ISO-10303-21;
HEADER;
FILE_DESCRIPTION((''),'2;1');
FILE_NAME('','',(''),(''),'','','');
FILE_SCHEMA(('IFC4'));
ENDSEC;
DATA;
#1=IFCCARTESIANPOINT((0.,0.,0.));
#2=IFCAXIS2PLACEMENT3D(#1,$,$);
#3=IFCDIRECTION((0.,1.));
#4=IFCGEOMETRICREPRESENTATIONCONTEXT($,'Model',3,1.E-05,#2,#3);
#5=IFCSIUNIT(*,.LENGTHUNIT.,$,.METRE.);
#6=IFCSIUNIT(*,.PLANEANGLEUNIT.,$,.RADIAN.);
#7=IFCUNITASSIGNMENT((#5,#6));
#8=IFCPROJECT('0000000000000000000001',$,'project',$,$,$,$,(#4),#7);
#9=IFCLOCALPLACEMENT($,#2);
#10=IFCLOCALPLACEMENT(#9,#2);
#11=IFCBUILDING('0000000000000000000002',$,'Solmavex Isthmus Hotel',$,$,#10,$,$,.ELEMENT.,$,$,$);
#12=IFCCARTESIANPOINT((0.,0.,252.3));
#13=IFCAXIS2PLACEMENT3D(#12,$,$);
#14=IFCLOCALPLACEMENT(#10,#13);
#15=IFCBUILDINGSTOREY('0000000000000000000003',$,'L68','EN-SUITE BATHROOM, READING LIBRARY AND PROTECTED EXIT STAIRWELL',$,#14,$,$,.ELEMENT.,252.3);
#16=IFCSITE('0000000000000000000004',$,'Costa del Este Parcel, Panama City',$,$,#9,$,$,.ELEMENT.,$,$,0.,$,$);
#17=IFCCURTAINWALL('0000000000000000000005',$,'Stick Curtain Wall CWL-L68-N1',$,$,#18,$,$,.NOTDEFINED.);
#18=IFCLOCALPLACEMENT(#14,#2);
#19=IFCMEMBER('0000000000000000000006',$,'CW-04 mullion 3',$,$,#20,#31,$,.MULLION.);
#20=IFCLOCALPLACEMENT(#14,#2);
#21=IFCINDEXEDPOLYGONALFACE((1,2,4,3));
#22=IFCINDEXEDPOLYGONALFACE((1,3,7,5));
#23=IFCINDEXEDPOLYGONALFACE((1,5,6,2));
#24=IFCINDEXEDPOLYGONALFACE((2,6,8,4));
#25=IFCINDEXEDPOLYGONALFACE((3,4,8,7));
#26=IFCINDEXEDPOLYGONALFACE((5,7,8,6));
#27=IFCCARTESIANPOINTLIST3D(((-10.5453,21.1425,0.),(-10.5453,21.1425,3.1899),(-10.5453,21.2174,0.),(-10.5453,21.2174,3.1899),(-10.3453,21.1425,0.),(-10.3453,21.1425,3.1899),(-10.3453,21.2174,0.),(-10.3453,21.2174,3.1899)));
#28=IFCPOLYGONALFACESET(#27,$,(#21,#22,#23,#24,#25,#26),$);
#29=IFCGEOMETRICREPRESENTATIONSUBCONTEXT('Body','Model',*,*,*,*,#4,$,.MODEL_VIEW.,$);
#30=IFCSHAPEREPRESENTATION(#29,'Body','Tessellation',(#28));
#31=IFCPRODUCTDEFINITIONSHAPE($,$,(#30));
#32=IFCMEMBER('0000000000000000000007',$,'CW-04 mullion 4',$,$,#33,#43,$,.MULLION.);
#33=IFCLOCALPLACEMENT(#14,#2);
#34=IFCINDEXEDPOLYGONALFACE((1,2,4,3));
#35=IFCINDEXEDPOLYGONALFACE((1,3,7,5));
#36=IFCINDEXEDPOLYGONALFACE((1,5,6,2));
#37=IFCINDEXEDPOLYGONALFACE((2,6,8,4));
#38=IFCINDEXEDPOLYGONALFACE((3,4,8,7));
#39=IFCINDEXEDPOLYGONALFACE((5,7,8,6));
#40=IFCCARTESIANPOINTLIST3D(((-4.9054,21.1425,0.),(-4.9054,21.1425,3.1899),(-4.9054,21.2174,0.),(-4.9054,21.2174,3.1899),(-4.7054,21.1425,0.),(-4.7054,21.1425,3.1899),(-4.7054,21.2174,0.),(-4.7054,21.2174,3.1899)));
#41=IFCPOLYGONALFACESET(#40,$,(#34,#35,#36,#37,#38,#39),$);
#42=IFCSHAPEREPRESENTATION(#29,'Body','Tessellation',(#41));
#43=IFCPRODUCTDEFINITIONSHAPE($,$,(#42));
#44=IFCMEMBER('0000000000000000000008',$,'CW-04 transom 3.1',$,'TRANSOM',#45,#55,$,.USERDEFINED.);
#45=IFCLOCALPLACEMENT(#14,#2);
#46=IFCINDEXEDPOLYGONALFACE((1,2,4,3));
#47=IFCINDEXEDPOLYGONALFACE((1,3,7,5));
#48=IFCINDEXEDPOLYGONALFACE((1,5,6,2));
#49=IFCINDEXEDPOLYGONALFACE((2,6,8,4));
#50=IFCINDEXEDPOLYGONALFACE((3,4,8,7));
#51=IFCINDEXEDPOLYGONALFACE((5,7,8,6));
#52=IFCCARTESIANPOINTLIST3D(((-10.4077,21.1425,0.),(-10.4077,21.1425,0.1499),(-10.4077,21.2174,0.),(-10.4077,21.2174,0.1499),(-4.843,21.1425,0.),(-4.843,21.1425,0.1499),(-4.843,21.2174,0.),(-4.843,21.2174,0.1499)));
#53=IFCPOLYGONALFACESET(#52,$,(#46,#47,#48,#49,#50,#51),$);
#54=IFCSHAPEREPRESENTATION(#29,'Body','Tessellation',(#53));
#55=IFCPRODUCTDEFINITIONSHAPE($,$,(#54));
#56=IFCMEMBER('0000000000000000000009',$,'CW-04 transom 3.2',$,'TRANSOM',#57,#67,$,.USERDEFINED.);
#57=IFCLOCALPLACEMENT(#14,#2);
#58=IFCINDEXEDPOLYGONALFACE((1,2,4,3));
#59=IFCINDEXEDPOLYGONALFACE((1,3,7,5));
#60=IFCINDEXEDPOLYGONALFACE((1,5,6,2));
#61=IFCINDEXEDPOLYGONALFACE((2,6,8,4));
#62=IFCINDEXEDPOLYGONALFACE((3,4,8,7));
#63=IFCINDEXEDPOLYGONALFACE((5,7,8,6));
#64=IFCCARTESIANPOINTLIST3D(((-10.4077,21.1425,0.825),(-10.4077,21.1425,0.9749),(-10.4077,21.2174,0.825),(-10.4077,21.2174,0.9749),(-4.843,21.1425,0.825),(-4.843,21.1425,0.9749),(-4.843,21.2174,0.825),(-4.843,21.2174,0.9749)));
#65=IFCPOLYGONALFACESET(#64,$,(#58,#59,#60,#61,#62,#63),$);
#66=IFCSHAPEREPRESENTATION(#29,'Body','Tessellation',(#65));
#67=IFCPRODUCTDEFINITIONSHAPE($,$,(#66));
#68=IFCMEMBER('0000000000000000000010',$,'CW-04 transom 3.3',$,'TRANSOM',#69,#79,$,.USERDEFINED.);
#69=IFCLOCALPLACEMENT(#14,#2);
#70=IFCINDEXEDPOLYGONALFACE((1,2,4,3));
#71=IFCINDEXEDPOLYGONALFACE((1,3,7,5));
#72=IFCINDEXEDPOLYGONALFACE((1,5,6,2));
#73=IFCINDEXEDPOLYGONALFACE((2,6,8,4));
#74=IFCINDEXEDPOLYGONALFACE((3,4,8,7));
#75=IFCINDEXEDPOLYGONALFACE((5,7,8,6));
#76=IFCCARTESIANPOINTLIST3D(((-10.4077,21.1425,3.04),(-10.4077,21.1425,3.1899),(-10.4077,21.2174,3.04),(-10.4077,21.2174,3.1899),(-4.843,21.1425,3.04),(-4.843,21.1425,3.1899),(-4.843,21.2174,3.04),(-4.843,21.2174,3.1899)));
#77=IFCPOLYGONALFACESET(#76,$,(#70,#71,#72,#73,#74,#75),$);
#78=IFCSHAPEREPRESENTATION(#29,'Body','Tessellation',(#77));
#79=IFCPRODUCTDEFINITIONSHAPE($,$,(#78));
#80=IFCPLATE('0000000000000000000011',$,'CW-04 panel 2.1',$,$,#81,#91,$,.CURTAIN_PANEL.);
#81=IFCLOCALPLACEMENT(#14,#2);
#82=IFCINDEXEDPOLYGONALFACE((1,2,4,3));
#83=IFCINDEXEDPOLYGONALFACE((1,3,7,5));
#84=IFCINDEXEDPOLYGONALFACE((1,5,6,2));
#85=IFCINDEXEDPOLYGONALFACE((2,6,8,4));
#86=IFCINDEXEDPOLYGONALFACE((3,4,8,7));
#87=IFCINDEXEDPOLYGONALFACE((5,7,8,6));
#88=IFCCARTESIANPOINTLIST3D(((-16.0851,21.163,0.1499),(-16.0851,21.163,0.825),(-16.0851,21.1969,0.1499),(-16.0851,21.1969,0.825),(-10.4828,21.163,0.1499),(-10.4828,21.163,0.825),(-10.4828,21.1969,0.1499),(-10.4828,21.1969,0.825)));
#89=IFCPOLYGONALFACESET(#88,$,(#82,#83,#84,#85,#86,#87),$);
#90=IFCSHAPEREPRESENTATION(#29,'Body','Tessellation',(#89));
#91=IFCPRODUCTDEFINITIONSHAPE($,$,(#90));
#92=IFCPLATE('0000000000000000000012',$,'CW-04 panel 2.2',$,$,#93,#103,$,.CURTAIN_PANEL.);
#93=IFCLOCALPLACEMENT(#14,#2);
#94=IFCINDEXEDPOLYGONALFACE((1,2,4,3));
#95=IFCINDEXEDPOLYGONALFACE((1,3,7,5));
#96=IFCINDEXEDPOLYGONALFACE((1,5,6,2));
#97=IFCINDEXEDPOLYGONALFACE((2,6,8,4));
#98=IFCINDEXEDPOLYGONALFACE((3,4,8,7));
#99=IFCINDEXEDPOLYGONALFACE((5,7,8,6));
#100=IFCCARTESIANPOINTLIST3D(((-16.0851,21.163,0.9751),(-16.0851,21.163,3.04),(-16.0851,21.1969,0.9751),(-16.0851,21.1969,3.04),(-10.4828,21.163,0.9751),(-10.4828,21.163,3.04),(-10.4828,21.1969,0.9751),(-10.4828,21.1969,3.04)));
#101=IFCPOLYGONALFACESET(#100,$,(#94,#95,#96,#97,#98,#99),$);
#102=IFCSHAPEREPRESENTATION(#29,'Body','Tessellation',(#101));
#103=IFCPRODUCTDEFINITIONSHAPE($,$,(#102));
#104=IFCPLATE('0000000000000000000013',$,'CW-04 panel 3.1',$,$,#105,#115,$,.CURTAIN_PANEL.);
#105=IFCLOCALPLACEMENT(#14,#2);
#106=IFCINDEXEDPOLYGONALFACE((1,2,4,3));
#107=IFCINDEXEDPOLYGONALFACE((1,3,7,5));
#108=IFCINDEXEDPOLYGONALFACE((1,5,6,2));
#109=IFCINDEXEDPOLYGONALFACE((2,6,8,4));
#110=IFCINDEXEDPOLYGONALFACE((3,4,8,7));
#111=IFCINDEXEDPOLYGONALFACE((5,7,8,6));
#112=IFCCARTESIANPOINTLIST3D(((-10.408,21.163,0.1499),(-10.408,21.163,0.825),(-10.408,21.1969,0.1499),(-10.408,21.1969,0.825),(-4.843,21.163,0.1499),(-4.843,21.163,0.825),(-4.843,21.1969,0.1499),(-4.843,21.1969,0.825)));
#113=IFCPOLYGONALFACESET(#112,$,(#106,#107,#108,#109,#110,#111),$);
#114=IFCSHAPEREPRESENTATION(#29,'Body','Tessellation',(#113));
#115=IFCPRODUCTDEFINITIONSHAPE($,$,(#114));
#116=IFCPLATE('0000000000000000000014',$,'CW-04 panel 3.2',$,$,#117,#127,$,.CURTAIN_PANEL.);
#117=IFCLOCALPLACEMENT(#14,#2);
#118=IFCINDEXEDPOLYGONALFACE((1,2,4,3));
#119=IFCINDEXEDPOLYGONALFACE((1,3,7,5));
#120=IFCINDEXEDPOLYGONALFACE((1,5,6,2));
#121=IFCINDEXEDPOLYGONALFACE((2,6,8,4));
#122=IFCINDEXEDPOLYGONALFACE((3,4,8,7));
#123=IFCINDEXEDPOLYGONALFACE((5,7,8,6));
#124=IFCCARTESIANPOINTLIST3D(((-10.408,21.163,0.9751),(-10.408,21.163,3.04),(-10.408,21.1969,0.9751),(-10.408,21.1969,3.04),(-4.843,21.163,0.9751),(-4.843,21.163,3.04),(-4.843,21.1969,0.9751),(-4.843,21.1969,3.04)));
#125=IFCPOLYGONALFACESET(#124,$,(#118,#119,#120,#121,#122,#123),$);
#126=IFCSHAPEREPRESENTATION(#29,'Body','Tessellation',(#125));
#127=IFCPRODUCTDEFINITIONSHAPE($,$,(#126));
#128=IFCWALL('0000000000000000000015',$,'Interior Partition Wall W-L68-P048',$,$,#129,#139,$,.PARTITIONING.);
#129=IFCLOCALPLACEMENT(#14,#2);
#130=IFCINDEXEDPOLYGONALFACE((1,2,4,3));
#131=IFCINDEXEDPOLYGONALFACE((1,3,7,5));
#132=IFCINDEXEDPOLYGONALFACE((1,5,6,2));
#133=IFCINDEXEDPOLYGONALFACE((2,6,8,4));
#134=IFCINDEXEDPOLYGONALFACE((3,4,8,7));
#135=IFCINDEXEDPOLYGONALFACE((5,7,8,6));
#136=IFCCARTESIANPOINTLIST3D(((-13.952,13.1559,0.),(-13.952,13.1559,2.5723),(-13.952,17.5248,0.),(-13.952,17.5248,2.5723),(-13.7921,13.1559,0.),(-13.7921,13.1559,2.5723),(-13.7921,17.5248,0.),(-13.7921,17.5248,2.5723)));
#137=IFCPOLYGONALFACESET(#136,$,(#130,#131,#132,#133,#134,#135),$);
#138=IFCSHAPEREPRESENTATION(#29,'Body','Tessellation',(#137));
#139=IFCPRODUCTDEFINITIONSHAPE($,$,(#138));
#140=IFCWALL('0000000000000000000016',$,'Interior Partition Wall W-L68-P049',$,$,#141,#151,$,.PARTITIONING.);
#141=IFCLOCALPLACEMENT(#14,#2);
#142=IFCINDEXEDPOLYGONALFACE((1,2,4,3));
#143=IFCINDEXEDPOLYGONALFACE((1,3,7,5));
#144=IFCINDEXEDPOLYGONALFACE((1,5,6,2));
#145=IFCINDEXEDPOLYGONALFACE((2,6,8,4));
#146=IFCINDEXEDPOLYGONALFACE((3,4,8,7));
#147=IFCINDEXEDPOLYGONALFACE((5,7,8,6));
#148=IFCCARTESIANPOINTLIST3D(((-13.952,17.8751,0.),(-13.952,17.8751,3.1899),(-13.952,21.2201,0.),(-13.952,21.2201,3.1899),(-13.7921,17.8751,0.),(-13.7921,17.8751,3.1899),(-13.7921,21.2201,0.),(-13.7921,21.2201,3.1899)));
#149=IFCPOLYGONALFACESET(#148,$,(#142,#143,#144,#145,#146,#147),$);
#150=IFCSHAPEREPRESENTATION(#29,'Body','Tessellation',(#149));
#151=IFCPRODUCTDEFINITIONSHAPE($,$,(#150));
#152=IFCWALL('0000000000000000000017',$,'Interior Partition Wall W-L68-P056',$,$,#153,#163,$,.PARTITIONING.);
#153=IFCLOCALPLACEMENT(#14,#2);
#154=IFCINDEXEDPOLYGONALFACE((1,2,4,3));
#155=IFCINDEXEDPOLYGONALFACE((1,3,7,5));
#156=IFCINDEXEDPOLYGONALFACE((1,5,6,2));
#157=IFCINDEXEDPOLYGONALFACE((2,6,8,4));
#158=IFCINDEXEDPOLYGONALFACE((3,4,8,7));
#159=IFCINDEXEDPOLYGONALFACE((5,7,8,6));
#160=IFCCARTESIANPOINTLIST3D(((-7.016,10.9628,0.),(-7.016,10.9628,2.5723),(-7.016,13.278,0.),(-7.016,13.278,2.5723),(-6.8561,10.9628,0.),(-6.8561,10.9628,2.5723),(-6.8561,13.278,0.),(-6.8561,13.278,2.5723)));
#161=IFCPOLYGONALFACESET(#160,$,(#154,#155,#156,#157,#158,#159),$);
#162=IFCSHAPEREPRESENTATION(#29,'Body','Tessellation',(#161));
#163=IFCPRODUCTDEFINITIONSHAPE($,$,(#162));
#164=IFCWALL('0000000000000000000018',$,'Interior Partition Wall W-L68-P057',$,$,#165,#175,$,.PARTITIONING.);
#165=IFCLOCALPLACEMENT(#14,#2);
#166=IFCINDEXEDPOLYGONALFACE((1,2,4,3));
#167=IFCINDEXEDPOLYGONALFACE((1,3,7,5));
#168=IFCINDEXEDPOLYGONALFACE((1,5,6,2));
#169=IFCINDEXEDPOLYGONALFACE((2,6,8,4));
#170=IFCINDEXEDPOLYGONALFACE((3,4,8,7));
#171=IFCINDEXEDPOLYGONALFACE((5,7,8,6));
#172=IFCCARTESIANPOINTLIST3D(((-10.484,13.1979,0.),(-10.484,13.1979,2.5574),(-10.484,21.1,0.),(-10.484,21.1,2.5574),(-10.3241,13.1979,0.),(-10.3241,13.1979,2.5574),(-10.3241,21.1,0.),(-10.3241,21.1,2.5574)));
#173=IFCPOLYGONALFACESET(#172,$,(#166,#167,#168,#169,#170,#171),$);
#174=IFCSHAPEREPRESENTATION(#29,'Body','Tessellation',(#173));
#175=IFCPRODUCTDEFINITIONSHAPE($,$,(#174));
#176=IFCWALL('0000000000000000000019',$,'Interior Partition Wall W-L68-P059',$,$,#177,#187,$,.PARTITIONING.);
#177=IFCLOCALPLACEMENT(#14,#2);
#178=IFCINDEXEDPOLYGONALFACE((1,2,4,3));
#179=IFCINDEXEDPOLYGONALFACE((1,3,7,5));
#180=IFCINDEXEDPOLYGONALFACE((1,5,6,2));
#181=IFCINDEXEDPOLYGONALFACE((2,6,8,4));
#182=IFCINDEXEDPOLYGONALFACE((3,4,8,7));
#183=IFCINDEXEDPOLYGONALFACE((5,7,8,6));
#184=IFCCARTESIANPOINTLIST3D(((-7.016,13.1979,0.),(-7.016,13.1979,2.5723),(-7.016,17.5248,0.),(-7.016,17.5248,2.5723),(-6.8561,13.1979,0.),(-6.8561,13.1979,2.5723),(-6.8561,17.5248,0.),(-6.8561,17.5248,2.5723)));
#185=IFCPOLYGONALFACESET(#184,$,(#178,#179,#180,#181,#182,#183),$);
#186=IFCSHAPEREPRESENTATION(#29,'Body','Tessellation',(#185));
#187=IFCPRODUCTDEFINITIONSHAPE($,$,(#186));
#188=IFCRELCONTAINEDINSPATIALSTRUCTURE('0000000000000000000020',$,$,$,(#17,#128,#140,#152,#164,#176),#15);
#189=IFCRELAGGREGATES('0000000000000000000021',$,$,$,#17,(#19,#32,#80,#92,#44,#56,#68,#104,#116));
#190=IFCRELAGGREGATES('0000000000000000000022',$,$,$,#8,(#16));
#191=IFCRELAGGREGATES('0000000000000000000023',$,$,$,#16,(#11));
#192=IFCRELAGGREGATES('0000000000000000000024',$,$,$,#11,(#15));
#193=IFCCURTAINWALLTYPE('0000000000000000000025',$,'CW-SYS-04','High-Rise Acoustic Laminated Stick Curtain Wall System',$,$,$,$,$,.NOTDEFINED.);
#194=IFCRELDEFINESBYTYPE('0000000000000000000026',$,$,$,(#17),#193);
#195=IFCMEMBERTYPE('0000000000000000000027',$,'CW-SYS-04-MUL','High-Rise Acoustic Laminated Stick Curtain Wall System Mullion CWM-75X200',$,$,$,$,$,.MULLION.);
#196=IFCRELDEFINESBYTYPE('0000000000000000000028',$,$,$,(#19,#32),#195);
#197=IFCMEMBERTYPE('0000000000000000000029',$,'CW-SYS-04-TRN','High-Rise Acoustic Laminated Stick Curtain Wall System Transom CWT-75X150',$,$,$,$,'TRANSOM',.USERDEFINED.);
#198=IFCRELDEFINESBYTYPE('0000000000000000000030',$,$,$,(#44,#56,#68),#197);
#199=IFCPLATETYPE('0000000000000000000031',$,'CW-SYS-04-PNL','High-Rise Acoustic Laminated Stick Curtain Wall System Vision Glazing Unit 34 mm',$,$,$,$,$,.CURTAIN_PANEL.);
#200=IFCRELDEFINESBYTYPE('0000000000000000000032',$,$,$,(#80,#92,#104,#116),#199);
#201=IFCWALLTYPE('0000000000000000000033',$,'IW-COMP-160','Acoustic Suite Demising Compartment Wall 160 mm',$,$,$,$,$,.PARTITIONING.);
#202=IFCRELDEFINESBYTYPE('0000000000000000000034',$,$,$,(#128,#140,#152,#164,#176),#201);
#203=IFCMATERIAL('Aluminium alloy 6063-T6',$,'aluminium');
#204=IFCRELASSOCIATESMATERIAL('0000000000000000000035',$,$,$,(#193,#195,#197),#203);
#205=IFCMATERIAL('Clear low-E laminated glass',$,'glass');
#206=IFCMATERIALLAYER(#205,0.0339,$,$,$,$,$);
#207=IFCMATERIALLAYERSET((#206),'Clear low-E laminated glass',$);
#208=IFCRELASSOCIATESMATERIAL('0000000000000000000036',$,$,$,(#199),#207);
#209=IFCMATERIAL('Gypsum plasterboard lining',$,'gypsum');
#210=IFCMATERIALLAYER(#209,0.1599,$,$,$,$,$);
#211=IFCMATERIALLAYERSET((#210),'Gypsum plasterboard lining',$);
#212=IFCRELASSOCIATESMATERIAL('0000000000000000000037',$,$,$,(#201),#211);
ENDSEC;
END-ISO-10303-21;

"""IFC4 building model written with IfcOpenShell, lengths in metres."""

from ifc_helpers import new_model, si_unit, direction, frame, frame_2d, origin, origin_2d, place, context, subcontext, project, spatial, rectangle, extrude, material, layer, layer_set, material_profile, profile_set, type_object, element, aggregate, save


model = new_model("IFC4")

# Units and contexts
model_context = context("Model", 3, precision=1e-05, world=origin(), true_north=direction((0.0, 1.0)))
body_context = subcontext(model_context, "Body", "Model", "MODEL_VIEW")
ifc_project = project(units=[si_unit("LENGTHUNIT", "METRE"), si_unit("PLANEANGLEUNIT", "RADIAN")], contexts=[model_context])

# Site, building, storey
site_placement = place(None, origin())
site = spatial("IfcSite", under=ifc_project, at=site_placement, Name="Costa del Este Parcel, Panama City", CompositionType="ELEMENT", RefElevation=0.0)
building_placement = place(site_placement, origin())
building = spatial("IfcBuilding", under=site, at=building_placement, Name="Solmavex Isthmus Hotel", CompositionType="ELEMENT")
storey_placement = place(building_placement, frame((0.0, 0.0, 252.3)))
storey = spatial("IfcBuildingStorey", under=building, at=storey_placement, Name="L68", Description="EN-SUITE BATHROOM, READING LIBRARY AND PROTECTED EXIT STAIRWELL", CompositionType="ELEMENT", Elevation=252.3)

# Curtain wall, members, plates
ifc_material_1 = material(Name="Aluminium alloy 6063-T6", Category="aluminium")
curtain_wall_type = type_object("IfcCurtainWallType", Name="CW-SYS-04", Description="High-Rise Acoustic Laminated Stick Curtain Wall System", PredefinedType="NOTDEFINED", material=ifc_material_1)
curtain_wall_placement = place(storey_placement, origin())
curtain_wall = element("IfcCurtainWall", 1, at=curtain_wall_placement, inside=storey, type_object=curtain_wall_type, Name="Stick Curtain Wall CWL-L68-N1", PredefinedType="NOTDEFINED")
ifc_material_profile_1 = material_profile(ifc_material_1, rectangle(XDim=0.075, YDim=0.2, at=origin_2d()), Name="CWM-75X200")
ifc_profile_set_1 = profile_set([ifc_material_profile_1], Name="Aluminium alloy 6063-T6")
member_type_1 = type_object("IfcMemberType", Name="CW-SYS-04-MUL", Description="High-Rise Acoustic Laminated Stick Curtain Wall System Mullion CWM-75X200", PredefinedType="MULLION", material=ifc_profile_set_1)
member_1_placement = place(storey_placement, frame((-10.4453, 21.1799, 0.0), z_axis=(0.0, 0.0, 1.0), x_axis=(0.0, 1.0, 0.0)))
member_1 = element("IfcMember", 2, at=member_1_placement, type_object=member_type_1, Name="CW-04 mullion 3", PredefinedType="MULLION", context=body_context, shape_type="SweptSolid", body=[
    extrude(rectangle(XDim=0.075, YDim=0.2, at=origin_2d()), origin(), (0.0, 0.0, 1.0), 3.1899),
])
member_2_placement = place(storey_placement, frame((-4.8054, 21.1799, 0.0), z_axis=(0.0, 0.0, 1.0), x_axis=(0.0, 1.0, 0.0)))
member_2 = element("IfcMember", 3, at=member_2_placement, type_object=member_type_1, Name="CW-04 mullion 4", PredefinedType="MULLION", context=body_context, shape_type="SweptSolid", body=[
    extrude(rectangle(XDim=0.075, YDim=0.2, at=origin_2d()), origin(), (0.0, 0.0, 1.0), 3.1899),
])
ifc_material_profile_2 = material_profile(ifc_material_1, rectangle(XDim=0.075, YDim=0.1499, at=origin_2d()), Name="CWT-75X150")
ifc_profile_set_2 = profile_set([ifc_material_profile_2], Name="Aluminium alloy 6063-T6")
member_type_2 = type_object("IfcMemberType", Name="CW-SYS-04-TRN", Description="High-Rise Acoustic Laminated Stick Curtain Wall System Transom CWT-75X150", ElementType="TRANSOM", PredefinedType="USERDEFINED", material=ifc_profile_set_2)
member_3_placement = place(storey_placement, frame((-10.4077, 21.1799, 0.075), z_axis=(1.0, 0.0, 0.0), x_axis=(0.0, 1.0, 0.0)))
member_3 = element("IfcMember", 4, at=member_3_placement, type_object=member_type_2, Name="CW-04 transom 3.1", ObjectType="TRANSOM", PredefinedType="USERDEFINED", context=body_context, shape_type="SweptSolid", body=[
    extrude(rectangle(XDim=0.075, YDim=0.1499, at=origin_2d()), origin(), (0.0, 0.0, 1.0), 5.5647),
])
member_4_placement = place(storey_placement, frame((-10.4077, 21.1799, 0.8999), z_axis=(1.0, 0.0, 0.0), x_axis=(0.0, 1.0, 0.0)))
member_4 = element("IfcMember", 5, at=member_4_placement, type_object=member_type_2, Name="CW-04 transom 3.2", ObjectType="TRANSOM", PredefinedType="USERDEFINED", context=body_context, shape_type="SweptSolid", body=[
    extrude(rectangle(XDim=0.075, YDim=0.1499, at=origin_2d()), origin(), (0.0, 0.0, 1.0), 5.5647),
])
member_5_placement = place(storey_placement, frame((-10.4077, 21.1799, 3.115), z_axis=(1.0, 0.0, 0.0), x_axis=(0.0, 1.0, 0.0)))
member_5 = element("IfcMember", 6, at=member_5_placement, type_object=member_type_2, Name="CW-04 transom 3.3", ObjectType="TRANSOM", PredefinedType="USERDEFINED", context=body_context, shape_type="SweptSolid", body=[
    extrude(rectangle(XDim=0.075, YDim=0.1499, at=origin_2d()), origin(), (0.0, 0.0, 1.0), 5.5647),
])
ifc_material_2 = material(Name="Clear low-E laminated glass", Category="glass")
ifc_layer_1 = layer(ifc_material_2, 0.0339)
ifc_layer_set_1 = layer_set([ifc_layer_1], Name="Clear low-E laminated glass")
plate_type = type_object("IfcPlateType", Name="CW-SYS-04-PNL", Description="High-Rise Acoustic Laminated Stick Curtain Wall System Vision Glazing Unit 34 mm", PredefinedType="CURTAIN_PANEL", material=ifc_layer_set_1)
plate_1_placement = place(storey_placement, frame((-13.2839, 21.1799, 0.1499), z_axis=(0.0, 0.0, 1.0), x_axis=(1.0, 0.0, 0.0)))
plate_1 = element("IfcPlate", 7, at=plate_1_placement, type_object=plate_type, Name="CW-04 panel 2.1", PredefinedType="CURTAIN_PANEL", context=body_context, shape_type="SweptSolid", body=[
    extrude(rectangle(XDim=5.6023, YDim=0.0339, at=origin_2d()), origin(), (0.0, 0.0, 1.0), 0.675),
])
plate_2_placement = place(storey_placement, frame((-13.2839, 21.1799, 0.9751), z_axis=(0.0, 0.0, 1.0), x_axis=(1.0, 0.0, 0.0)))
plate_2 = element("IfcPlate", 8, at=plate_2_placement, type_object=plate_type, Name="CW-04 panel 2.2", PredefinedType="CURTAIN_PANEL", context=body_context, shape_type="SweptSolid", body=[
    extrude(rectangle(XDim=5.6023, YDim=0.0339, at=origin_2d()), origin(), (0.0, 0.0, 1.0), 2.0649),
])
plate_3_placement = place(storey_placement, frame((-7.6255, 21.1799, 0.1499), z_axis=(0.0, 0.0, 1.0), x_axis=(1.0, 0.0, 0.0)))
plate_3 = element("IfcPlate", 9, at=plate_3_placement, type_object=plate_type, Name="CW-04 panel 3.1", PredefinedType="CURTAIN_PANEL", context=body_context, shape_type="SweptSolid", body=[
    extrude(rectangle(XDim=5.5649, YDim=0.0339, at=origin_2d()), origin(), (0.0, 0.0, 1.0), 0.675),
])
plate_4_placement = place(storey_placement, frame((-7.6255, 21.1799, 0.9751), z_axis=(0.0, 0.0, 1.0), x_axis=(1.0, 0.0, 0.0)))
plate_4 = element("IfcPlate", 10, at=plate_4_placement, type_object=plate_type, Name="CW-04 panel 3.2", PredefinedType="CURTAIN_PANEL", context=body_context, shape_type="SweptSolid", body=[
    extrude(rectangle(XDim=5.5649, YDim=0.0339, at=origin_2d()), origin(), (0.0, 0.0, 1.0), 2.0649),
])
aggregate(curtain_wall, [member_1, member_2, plate_1, plate_2, member_3, member_4, member_5, plate_3, plate_4])

# Walls
ifc_material_3 = material(Name="Gypsum plasterboard lining", Category="gypsum")
ifc_layer_2 = layer(ifc_material_3, 0.1599)
ifc_layer_set_2 = layer_set([ifc_layer_2], Name="Gypsum plasterboard lining")
wall_type_1 = type_object("IfcWallType", Name="IW-COMP-160", Description="Acoustic Suite Demising Compartment Wall 160 mm", PredefinedType="PARTITIONING", material=ifc_layer_set_2)
wall_1_placement = place(storey_placement, frame((-13.8721, 17.5249, 0.0), z_axis=(0.0, 0.0, 1.0), x_axis=(0.0, -1.0, 0.0)))
element("IfcWall", 11, at=wall_1_placement, inside=storey, type_object=wall_type_1, Name="Interior Partition Wall W-L68-P048", PredefinedType="PARTITIONING", context=body_context, shape_type="SweptSolid", body=[
    extrude(rectangle(XDim=4.3689, YDim=0.1599, at=frame_2d((2.1846, 0.0))), origin(), (0.0, 0.0, 1.0), 2.5723),
])
wall_2_placement = place(storey_placement, frame((-13.8721, 21.22, 0.0), z_axis=(0.0, 0.0, 1.0), x_axis=(0.0, -1.0, 0.0)))
element("IfcWall", 12, at=wall_2_placement, inside=storey, type_object=wall_type_1, Name="Interior Partition Wall W-L68-P049", PredefinedType="PARTITIONING", context=body_context, shape_type="SweptSolid", body=[
    extrude(rectangle(XDim=3.345, YDim=0.1599, at=frame_2d((1.6724, 0.0))), origin(), (0.0, 0.0, 1.0), 3.1899),
])
wall_3_placement = place(storey_placement, frame((-6.936, 13.2781, 0.0), z_axis=(0.0, 0.0, 1.0), x_axis=(0.0, -1.0, 0.0)))
element("IfcWall", 13, at=wall_3_placement, inside=storey, type_object=wall_type_1, Name="Interior Partition Wall W-L68-P056", PredefinedType="PARTITIONING", context=body_context, shape_type="SweptSolid", body=[
    extrude(rectangle(XDim=2.3152, YDim=0.1599, at=frame_2d((1.1577, 0.0))), origin(), (0.0, 0.0, 1.0), 2.5723),
])
wall_4_placement = place(storey_placement, frame((-10.4041, 21.1001, 0.0), z_axis=(0.0, 0.0, 1.0), x_axis=(0.0, -1.0, 0.0)))
element("IfcWall", 14, at=wall_4_placement, inside=storey, type_object=wall_type_1, Name="Interior Partition Wall W-L68-P057", PredefinedType="PARTITIONING", context=body_context, shape_type="SweptSolid", body=[
    extrude(rectangle(XDim=7.9021, YDim=0.1599, at=frame_2d((3.9512, 0.0))), origin(), (0.0, 0.0, 1.0), 2.5574),
])
wall_5_placement = place(storey_placement, frame((-6.936, 17.5249, 0.0), z_axis=(0.0, 0.0, 1.0), x_axis=(0.0, -1.0, 0.0)))
element("IfcWall", 15, at=wall_5_placement, inside=storey, type_object=wall_type_1, Name="Interior Partition Wall W-L68-P059", PredefinedType="PARTITIONING", context=body_context, shape_type="SweptSolid", body=[
    extrude(rectangle(XDim=4.3269, YDim=0.1599, at=frame_2d((2.1636, 0.0))), origin(), (0.0, 0.0, 1.0), 2.5723),
])

save(model, "model.ifc")
